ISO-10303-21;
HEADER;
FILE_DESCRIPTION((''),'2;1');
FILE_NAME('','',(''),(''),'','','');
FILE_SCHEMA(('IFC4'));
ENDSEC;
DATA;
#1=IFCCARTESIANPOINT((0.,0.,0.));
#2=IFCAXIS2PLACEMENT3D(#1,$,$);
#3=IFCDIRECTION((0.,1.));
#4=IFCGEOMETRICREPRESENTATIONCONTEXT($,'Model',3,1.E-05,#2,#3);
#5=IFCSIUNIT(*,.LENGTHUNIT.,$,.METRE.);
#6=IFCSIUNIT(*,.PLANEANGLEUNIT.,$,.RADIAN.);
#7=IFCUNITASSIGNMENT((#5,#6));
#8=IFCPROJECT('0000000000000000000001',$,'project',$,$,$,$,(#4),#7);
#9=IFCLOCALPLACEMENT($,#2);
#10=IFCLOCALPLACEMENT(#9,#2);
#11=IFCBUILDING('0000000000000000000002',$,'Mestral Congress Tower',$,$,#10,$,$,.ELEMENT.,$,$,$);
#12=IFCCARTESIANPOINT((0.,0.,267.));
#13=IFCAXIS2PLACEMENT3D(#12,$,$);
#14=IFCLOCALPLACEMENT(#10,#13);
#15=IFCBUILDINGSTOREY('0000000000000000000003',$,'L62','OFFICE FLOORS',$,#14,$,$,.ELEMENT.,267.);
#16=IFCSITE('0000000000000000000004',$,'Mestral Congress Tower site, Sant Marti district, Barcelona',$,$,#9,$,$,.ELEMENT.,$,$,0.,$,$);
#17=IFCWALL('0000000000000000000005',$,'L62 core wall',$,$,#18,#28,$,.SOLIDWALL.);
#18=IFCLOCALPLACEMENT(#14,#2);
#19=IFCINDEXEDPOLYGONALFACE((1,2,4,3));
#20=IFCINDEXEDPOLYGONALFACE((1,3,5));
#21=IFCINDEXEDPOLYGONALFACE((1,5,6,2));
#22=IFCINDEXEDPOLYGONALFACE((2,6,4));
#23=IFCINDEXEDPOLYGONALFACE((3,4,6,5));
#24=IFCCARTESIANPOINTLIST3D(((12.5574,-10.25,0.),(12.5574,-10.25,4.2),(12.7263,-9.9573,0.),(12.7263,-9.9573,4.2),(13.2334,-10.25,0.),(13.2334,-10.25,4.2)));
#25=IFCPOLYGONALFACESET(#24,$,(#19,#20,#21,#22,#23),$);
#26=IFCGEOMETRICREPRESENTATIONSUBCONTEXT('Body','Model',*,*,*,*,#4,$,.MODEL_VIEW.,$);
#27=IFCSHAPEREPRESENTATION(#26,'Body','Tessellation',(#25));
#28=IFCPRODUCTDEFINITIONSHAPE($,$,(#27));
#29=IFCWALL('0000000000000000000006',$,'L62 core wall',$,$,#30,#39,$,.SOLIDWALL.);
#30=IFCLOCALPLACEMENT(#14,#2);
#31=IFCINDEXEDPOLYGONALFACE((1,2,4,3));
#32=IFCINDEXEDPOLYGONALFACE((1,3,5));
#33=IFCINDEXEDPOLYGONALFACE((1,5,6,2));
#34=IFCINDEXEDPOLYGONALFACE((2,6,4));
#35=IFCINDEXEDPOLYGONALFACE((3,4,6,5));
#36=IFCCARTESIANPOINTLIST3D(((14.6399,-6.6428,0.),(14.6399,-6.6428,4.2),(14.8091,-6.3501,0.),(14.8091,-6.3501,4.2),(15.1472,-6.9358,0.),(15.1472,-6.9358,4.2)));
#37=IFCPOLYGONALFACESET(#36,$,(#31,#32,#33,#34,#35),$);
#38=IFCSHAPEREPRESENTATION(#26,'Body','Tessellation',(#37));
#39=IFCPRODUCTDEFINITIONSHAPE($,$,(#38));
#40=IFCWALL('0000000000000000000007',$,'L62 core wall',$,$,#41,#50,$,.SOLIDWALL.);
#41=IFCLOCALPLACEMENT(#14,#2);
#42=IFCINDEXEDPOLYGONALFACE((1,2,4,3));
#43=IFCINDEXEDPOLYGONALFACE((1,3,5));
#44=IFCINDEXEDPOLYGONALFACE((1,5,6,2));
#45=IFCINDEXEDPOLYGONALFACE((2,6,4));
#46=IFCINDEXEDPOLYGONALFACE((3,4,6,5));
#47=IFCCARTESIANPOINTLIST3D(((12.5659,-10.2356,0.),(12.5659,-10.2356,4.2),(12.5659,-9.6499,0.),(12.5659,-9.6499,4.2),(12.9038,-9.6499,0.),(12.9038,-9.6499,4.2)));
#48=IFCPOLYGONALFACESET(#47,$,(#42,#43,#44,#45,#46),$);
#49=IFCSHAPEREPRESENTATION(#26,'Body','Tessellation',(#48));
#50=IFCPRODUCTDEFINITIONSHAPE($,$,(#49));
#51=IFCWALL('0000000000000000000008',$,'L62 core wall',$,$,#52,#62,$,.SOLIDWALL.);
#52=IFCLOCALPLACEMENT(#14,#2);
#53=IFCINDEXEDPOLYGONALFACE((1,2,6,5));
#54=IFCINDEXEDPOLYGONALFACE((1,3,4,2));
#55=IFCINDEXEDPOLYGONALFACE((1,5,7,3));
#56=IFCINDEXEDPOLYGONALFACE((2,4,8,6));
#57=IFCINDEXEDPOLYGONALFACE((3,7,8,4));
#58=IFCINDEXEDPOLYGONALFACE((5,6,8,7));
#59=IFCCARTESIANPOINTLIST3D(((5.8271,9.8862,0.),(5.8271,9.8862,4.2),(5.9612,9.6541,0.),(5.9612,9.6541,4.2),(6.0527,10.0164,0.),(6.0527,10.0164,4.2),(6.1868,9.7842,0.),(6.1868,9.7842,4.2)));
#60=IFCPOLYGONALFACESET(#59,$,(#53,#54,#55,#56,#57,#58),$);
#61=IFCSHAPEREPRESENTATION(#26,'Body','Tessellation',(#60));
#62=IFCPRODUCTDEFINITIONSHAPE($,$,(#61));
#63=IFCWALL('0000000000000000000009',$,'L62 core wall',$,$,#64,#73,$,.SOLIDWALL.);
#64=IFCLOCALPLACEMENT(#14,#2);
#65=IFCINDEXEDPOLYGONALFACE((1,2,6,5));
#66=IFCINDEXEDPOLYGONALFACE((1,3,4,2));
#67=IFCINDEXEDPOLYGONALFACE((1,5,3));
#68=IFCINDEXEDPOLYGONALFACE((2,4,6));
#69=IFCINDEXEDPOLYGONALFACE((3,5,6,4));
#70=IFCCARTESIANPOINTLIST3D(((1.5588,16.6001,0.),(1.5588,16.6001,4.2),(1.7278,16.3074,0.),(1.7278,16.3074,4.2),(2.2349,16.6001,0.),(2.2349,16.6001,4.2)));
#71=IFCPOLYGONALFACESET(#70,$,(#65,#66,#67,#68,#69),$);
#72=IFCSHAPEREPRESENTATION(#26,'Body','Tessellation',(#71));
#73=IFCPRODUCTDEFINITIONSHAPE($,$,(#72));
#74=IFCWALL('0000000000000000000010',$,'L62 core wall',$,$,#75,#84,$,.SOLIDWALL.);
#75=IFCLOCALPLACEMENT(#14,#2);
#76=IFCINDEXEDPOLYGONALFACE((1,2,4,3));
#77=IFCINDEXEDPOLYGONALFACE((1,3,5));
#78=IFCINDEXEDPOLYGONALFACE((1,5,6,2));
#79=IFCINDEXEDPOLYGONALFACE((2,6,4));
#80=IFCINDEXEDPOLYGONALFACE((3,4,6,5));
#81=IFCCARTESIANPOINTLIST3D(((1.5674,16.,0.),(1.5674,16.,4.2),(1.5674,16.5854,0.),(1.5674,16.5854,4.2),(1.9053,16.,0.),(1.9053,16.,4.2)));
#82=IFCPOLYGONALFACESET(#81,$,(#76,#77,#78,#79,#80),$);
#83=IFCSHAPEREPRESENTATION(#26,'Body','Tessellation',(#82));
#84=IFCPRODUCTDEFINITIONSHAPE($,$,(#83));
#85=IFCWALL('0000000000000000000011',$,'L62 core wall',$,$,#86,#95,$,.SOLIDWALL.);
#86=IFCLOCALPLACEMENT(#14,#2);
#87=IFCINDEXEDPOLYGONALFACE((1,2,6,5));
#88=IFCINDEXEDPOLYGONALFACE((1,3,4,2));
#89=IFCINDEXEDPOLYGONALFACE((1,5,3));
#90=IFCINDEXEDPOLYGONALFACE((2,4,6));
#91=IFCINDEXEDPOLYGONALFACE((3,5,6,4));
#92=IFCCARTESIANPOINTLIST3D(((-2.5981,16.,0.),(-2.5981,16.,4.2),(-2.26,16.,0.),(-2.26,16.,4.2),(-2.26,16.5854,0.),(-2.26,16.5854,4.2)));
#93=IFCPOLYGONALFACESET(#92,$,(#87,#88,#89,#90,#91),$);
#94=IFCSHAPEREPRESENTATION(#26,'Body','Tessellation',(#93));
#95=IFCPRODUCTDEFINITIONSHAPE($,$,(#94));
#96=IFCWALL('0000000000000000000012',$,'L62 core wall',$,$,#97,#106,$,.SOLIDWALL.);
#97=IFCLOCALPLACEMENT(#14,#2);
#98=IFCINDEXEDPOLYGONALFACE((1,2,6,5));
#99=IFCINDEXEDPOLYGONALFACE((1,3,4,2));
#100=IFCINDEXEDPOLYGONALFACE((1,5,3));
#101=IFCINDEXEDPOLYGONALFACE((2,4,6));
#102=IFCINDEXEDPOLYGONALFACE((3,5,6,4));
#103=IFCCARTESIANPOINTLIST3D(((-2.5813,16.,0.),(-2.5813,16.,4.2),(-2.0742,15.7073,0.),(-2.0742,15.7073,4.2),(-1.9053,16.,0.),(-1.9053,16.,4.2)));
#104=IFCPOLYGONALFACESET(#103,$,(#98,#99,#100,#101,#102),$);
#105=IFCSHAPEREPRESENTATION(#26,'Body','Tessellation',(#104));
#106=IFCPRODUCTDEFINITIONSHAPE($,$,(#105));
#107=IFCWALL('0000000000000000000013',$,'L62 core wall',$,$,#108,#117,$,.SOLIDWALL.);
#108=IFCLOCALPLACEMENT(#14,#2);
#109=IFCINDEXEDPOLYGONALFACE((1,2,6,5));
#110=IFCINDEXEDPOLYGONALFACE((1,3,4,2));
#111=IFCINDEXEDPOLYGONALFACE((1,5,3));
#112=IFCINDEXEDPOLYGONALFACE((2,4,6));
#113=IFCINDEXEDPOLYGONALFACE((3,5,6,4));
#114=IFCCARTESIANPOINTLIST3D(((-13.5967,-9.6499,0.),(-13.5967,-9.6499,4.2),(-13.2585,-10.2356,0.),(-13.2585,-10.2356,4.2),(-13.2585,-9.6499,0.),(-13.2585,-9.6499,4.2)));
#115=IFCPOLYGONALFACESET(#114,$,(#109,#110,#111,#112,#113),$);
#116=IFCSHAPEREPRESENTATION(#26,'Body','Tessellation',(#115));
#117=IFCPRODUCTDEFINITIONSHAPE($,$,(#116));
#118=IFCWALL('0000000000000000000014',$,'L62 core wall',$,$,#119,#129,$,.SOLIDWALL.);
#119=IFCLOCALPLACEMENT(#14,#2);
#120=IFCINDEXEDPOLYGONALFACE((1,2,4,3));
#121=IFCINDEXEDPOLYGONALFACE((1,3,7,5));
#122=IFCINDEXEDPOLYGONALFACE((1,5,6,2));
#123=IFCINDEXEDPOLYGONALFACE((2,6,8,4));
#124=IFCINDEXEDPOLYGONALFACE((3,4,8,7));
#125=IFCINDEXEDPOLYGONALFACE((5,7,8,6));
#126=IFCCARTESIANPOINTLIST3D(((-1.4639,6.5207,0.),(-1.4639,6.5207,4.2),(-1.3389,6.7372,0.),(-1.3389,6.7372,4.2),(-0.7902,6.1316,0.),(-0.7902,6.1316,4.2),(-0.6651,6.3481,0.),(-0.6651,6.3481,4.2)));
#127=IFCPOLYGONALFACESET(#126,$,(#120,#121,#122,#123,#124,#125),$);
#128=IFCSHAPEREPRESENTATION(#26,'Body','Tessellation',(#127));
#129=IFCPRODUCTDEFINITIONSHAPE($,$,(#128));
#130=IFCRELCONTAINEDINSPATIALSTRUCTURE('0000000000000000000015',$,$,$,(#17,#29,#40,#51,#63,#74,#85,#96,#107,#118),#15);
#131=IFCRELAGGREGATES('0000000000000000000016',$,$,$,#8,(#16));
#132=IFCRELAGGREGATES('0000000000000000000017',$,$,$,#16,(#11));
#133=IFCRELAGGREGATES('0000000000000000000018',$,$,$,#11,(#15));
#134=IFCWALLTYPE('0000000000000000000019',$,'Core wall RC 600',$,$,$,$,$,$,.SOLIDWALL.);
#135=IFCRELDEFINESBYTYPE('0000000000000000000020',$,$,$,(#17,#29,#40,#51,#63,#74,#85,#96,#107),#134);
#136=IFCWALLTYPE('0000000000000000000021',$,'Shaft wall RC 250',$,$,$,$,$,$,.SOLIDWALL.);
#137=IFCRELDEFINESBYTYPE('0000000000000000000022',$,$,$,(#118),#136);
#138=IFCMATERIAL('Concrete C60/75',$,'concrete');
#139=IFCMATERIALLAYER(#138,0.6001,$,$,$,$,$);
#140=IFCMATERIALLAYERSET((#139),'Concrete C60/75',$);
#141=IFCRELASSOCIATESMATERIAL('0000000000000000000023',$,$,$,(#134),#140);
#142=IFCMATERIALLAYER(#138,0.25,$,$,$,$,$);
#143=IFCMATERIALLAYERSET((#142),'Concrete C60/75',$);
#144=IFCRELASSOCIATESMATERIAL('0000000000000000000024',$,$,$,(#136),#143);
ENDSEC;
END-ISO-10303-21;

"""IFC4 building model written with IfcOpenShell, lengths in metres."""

from ifc_helpers import new_model, si_unit, direction, frame, frame_2d, origin, place, context, subcontext, project, spatial, polyline, rectangle, outline, extrude, material, layer, layer_set, type_object, element, save


model = new_model("IFC4")

# Units and contexts
model_context = context("Model", 3, precision=1e-05, world=origin(), true_north=direction((0.0, 1.0)))
body_context = subcontext(model_context, "Body", "Model", "MODEL_VIEW")
ifc_project = project(units=[si_unit("LENGTHUNIT", "METRE"), si_unit("PLANEANGLEUNIT", "RADIAN")], contexts=[model_context])

# Site, building, storey
site_placement = place(None, origin())
site = spatial("IfcSite", under=ifc_project, at=site_placement, Name="Mestral Congress Tower site, Sant Marti district, Barcelona", CompositionType="ELEMENT", RefElevation=0.0)
building_placement = place(site_placement, origin())
building = spatial("IfcBuilding", under=site, at=building_placement, Name="Mestral Congress Tower", CompositionType="ELEMENT")
storey_placement = place(building_placement, frame((0.0, 0.0, 267.0)))
storey = spatial("IfcBuildingStorey", under=building, at=storey_placement, Name="L62", Description="OFFICE FLOORS", CompositionType="ELEMENT", Elevation=267.0)

# Shared definitions
ifc_material_1 = material(Name="Concrete C60/75", Category="concrete")

# Shared definitions
placement_1 = place(storey_placement, origin())

# Walls
ifc_layer_1 = layer(ifc_material_1, 0.6001)
ifc_layer_set_1 = layer_set([ifc_layer_1], Name="Concrete C60/75")
wall_type_1 = type_object("IfcWallType", Name="Core wall RC 600", PredefinedType="SOLIDWALL", material=ifc_layer_set_1)
element("IfcWall", 1, at=placement_1, inside=storey, type_object=wall_type_1, Name="L62 core wall", PredefinedType="SOLIDWALL", context=body_context, shape_type="SweptSolid", body=[
    extrude(outline(polyline([(12.7263, -9.9573), (13.2334, -10.25), (12.5574, -10.25), (12.7263, -9.9573)])), origin(), (0.0, 0.0, 1.0), 4.2),
])
element("IfcWall", 2, at=placement_1, inside=storey, type_object=wall_type_1, Name="L62 core wall", PredefinedType="SOLIDWALL", context=body_context, shape_type="SweptSolid", body=[
    extrude(outline(polyline([(14.8091, -6.3501), (15.1472, -6.9358), (14.6399, -6.6428), (14.8091, -6.3501)])), origin(), (0.0, 0.0, 1.0), 4.2),
])
element("IfcWall", 3, at=placement_1, inside=storey, type_object=wall_type_1, Name="L62 core wall", PredefinedType="SOLIDWALL", context=body_context, shape_type="SweptSolid", body=[
    extrude(outline(polyline([(12.9038, -9.6499), (12.5659, -10.2356), (12.5659, -9.6499), (12.9038, -9.6499)])), origin(), (0.0, 0.0, 1.0), 4.2),
])
element("IfcWall", 4, at=placement_1, inside=storey, type_object=wall_type_1, Name="L62 core wall", PredefinedType="SOLIDWALL", context=body_context, shape_type="SweptSolid", body=[
    extrude(outline(polyline([(6.0527, 10.0164), (6.1868, 9.7842), (5.9612, 9.6541), (5.8271, 9.8862), (6.0527, 10.0164)])), origin(), (0.0, 0.0, 1.0), 4.2),
])
element("IfcWall", 5, at=placement_1, inside=storey, type_object=wall_type_1, Name="L62 core wall", PredefinedType="SOLIDWALL", context=body_context, shape_type="SweptSolid", body=[
    extrude(outline(polyline([(1.5588, 16.6001), (2.2349, 16.6001), (1.7278, 16.3074), (1.5588, 16.6001)])), origin(), (0.0, 0.0, 1.0), 4.2),
])
element("IfcWall", 6, at=placement_1, inside=storey, type_object=wall_type_1, Name="L62 core wall", PredefinedType="SOLIDWALL", context=body_context, shape_type="SweptSolid", body=[
    extrude(outline(polyline([(1.9053, 16.0), (1.5674, 16.0), (1.5674, 16.5854), (1.9053, 16.0)])), origin(), (0.0, 0.0, 1.0), 4.2),
])
element("IfcWall", 7, at=placement_1, inside=storey, type_object=wall_type_1, Name="L62 core wall", PredefinedType="SOLIDWALL", context=body_context, shape_type="SweptSolid", body=[
    extrude(outline(polyline([(-2.5981, 16.0), (-2.26, 16.5854), (-2.26, 16.0), (-2.5981, 16.0)])), origin(), (0.0, 0.0, 1.0), 4.2),
])
element("IfcWall", 8, at=placement_1, inside=storey, type_object=wall_type_1, Name="L62 core wall", PredefinedType="SOLIDWALL", context=body_context, shape_type="SweptSolid", body=[
    extrude(outline(polyline([(-1.9053, 16.0), (-2.0742, 15.7073), (-2.5813, 16.0), (-1.9053, 16.0)])), origin(), (0.0, 0.0, 1.0), 4.2),
])
element("IfcWall", 9, at=placement_1, inside=storey, type_object=wall_type_1, Name="L62 core wall", PredefinedType="SOLIDWALL", context=body_context, shape_type="SweptSolid", body=[
    extrude(outline(polyline([(-13.5967, -9.6499), (-13.2585, -9.6499), (-13.2585, -10.2356), (-13.5967, -9.6499)])), origin(), (0.0, 0.0, 1.0), 4.2),
])
ifc_layer_2 = layer(ifc_material_1, 0.25)
ifc_layer_set_2 = layer_set([ifc_layer_2], Name="Concrete C60/75")
wall_type_2 = type_object("IfcWallType", Name="Shaft wall RC 250", PredefinedType="SOLIDWALL", material=ifc_layer_set_2)
wall_1_placement = place(storey_placement, frame((-0.7275, 6.2397, 0.0), z_axis=(0.0, 0.0, 1.0), x_axis=(-0.865956, 0.500121, 0.0)))
element("IfcWall", 10, at=wall_1_placement, inside=storey, type_object=wall_type_2, Name="L62 core wall", PredefinedType="SOLIDWALL", context=body_context, shape_type="SweptSolid", body=[
    extrude(rectangle(XDim=0.7781, YDim=0.25, at=frame_2d((0.3892, 0.0))), origin(), (0.0, 0.0, 1.0), 4.2),
])

save(model, "model.ifc")
